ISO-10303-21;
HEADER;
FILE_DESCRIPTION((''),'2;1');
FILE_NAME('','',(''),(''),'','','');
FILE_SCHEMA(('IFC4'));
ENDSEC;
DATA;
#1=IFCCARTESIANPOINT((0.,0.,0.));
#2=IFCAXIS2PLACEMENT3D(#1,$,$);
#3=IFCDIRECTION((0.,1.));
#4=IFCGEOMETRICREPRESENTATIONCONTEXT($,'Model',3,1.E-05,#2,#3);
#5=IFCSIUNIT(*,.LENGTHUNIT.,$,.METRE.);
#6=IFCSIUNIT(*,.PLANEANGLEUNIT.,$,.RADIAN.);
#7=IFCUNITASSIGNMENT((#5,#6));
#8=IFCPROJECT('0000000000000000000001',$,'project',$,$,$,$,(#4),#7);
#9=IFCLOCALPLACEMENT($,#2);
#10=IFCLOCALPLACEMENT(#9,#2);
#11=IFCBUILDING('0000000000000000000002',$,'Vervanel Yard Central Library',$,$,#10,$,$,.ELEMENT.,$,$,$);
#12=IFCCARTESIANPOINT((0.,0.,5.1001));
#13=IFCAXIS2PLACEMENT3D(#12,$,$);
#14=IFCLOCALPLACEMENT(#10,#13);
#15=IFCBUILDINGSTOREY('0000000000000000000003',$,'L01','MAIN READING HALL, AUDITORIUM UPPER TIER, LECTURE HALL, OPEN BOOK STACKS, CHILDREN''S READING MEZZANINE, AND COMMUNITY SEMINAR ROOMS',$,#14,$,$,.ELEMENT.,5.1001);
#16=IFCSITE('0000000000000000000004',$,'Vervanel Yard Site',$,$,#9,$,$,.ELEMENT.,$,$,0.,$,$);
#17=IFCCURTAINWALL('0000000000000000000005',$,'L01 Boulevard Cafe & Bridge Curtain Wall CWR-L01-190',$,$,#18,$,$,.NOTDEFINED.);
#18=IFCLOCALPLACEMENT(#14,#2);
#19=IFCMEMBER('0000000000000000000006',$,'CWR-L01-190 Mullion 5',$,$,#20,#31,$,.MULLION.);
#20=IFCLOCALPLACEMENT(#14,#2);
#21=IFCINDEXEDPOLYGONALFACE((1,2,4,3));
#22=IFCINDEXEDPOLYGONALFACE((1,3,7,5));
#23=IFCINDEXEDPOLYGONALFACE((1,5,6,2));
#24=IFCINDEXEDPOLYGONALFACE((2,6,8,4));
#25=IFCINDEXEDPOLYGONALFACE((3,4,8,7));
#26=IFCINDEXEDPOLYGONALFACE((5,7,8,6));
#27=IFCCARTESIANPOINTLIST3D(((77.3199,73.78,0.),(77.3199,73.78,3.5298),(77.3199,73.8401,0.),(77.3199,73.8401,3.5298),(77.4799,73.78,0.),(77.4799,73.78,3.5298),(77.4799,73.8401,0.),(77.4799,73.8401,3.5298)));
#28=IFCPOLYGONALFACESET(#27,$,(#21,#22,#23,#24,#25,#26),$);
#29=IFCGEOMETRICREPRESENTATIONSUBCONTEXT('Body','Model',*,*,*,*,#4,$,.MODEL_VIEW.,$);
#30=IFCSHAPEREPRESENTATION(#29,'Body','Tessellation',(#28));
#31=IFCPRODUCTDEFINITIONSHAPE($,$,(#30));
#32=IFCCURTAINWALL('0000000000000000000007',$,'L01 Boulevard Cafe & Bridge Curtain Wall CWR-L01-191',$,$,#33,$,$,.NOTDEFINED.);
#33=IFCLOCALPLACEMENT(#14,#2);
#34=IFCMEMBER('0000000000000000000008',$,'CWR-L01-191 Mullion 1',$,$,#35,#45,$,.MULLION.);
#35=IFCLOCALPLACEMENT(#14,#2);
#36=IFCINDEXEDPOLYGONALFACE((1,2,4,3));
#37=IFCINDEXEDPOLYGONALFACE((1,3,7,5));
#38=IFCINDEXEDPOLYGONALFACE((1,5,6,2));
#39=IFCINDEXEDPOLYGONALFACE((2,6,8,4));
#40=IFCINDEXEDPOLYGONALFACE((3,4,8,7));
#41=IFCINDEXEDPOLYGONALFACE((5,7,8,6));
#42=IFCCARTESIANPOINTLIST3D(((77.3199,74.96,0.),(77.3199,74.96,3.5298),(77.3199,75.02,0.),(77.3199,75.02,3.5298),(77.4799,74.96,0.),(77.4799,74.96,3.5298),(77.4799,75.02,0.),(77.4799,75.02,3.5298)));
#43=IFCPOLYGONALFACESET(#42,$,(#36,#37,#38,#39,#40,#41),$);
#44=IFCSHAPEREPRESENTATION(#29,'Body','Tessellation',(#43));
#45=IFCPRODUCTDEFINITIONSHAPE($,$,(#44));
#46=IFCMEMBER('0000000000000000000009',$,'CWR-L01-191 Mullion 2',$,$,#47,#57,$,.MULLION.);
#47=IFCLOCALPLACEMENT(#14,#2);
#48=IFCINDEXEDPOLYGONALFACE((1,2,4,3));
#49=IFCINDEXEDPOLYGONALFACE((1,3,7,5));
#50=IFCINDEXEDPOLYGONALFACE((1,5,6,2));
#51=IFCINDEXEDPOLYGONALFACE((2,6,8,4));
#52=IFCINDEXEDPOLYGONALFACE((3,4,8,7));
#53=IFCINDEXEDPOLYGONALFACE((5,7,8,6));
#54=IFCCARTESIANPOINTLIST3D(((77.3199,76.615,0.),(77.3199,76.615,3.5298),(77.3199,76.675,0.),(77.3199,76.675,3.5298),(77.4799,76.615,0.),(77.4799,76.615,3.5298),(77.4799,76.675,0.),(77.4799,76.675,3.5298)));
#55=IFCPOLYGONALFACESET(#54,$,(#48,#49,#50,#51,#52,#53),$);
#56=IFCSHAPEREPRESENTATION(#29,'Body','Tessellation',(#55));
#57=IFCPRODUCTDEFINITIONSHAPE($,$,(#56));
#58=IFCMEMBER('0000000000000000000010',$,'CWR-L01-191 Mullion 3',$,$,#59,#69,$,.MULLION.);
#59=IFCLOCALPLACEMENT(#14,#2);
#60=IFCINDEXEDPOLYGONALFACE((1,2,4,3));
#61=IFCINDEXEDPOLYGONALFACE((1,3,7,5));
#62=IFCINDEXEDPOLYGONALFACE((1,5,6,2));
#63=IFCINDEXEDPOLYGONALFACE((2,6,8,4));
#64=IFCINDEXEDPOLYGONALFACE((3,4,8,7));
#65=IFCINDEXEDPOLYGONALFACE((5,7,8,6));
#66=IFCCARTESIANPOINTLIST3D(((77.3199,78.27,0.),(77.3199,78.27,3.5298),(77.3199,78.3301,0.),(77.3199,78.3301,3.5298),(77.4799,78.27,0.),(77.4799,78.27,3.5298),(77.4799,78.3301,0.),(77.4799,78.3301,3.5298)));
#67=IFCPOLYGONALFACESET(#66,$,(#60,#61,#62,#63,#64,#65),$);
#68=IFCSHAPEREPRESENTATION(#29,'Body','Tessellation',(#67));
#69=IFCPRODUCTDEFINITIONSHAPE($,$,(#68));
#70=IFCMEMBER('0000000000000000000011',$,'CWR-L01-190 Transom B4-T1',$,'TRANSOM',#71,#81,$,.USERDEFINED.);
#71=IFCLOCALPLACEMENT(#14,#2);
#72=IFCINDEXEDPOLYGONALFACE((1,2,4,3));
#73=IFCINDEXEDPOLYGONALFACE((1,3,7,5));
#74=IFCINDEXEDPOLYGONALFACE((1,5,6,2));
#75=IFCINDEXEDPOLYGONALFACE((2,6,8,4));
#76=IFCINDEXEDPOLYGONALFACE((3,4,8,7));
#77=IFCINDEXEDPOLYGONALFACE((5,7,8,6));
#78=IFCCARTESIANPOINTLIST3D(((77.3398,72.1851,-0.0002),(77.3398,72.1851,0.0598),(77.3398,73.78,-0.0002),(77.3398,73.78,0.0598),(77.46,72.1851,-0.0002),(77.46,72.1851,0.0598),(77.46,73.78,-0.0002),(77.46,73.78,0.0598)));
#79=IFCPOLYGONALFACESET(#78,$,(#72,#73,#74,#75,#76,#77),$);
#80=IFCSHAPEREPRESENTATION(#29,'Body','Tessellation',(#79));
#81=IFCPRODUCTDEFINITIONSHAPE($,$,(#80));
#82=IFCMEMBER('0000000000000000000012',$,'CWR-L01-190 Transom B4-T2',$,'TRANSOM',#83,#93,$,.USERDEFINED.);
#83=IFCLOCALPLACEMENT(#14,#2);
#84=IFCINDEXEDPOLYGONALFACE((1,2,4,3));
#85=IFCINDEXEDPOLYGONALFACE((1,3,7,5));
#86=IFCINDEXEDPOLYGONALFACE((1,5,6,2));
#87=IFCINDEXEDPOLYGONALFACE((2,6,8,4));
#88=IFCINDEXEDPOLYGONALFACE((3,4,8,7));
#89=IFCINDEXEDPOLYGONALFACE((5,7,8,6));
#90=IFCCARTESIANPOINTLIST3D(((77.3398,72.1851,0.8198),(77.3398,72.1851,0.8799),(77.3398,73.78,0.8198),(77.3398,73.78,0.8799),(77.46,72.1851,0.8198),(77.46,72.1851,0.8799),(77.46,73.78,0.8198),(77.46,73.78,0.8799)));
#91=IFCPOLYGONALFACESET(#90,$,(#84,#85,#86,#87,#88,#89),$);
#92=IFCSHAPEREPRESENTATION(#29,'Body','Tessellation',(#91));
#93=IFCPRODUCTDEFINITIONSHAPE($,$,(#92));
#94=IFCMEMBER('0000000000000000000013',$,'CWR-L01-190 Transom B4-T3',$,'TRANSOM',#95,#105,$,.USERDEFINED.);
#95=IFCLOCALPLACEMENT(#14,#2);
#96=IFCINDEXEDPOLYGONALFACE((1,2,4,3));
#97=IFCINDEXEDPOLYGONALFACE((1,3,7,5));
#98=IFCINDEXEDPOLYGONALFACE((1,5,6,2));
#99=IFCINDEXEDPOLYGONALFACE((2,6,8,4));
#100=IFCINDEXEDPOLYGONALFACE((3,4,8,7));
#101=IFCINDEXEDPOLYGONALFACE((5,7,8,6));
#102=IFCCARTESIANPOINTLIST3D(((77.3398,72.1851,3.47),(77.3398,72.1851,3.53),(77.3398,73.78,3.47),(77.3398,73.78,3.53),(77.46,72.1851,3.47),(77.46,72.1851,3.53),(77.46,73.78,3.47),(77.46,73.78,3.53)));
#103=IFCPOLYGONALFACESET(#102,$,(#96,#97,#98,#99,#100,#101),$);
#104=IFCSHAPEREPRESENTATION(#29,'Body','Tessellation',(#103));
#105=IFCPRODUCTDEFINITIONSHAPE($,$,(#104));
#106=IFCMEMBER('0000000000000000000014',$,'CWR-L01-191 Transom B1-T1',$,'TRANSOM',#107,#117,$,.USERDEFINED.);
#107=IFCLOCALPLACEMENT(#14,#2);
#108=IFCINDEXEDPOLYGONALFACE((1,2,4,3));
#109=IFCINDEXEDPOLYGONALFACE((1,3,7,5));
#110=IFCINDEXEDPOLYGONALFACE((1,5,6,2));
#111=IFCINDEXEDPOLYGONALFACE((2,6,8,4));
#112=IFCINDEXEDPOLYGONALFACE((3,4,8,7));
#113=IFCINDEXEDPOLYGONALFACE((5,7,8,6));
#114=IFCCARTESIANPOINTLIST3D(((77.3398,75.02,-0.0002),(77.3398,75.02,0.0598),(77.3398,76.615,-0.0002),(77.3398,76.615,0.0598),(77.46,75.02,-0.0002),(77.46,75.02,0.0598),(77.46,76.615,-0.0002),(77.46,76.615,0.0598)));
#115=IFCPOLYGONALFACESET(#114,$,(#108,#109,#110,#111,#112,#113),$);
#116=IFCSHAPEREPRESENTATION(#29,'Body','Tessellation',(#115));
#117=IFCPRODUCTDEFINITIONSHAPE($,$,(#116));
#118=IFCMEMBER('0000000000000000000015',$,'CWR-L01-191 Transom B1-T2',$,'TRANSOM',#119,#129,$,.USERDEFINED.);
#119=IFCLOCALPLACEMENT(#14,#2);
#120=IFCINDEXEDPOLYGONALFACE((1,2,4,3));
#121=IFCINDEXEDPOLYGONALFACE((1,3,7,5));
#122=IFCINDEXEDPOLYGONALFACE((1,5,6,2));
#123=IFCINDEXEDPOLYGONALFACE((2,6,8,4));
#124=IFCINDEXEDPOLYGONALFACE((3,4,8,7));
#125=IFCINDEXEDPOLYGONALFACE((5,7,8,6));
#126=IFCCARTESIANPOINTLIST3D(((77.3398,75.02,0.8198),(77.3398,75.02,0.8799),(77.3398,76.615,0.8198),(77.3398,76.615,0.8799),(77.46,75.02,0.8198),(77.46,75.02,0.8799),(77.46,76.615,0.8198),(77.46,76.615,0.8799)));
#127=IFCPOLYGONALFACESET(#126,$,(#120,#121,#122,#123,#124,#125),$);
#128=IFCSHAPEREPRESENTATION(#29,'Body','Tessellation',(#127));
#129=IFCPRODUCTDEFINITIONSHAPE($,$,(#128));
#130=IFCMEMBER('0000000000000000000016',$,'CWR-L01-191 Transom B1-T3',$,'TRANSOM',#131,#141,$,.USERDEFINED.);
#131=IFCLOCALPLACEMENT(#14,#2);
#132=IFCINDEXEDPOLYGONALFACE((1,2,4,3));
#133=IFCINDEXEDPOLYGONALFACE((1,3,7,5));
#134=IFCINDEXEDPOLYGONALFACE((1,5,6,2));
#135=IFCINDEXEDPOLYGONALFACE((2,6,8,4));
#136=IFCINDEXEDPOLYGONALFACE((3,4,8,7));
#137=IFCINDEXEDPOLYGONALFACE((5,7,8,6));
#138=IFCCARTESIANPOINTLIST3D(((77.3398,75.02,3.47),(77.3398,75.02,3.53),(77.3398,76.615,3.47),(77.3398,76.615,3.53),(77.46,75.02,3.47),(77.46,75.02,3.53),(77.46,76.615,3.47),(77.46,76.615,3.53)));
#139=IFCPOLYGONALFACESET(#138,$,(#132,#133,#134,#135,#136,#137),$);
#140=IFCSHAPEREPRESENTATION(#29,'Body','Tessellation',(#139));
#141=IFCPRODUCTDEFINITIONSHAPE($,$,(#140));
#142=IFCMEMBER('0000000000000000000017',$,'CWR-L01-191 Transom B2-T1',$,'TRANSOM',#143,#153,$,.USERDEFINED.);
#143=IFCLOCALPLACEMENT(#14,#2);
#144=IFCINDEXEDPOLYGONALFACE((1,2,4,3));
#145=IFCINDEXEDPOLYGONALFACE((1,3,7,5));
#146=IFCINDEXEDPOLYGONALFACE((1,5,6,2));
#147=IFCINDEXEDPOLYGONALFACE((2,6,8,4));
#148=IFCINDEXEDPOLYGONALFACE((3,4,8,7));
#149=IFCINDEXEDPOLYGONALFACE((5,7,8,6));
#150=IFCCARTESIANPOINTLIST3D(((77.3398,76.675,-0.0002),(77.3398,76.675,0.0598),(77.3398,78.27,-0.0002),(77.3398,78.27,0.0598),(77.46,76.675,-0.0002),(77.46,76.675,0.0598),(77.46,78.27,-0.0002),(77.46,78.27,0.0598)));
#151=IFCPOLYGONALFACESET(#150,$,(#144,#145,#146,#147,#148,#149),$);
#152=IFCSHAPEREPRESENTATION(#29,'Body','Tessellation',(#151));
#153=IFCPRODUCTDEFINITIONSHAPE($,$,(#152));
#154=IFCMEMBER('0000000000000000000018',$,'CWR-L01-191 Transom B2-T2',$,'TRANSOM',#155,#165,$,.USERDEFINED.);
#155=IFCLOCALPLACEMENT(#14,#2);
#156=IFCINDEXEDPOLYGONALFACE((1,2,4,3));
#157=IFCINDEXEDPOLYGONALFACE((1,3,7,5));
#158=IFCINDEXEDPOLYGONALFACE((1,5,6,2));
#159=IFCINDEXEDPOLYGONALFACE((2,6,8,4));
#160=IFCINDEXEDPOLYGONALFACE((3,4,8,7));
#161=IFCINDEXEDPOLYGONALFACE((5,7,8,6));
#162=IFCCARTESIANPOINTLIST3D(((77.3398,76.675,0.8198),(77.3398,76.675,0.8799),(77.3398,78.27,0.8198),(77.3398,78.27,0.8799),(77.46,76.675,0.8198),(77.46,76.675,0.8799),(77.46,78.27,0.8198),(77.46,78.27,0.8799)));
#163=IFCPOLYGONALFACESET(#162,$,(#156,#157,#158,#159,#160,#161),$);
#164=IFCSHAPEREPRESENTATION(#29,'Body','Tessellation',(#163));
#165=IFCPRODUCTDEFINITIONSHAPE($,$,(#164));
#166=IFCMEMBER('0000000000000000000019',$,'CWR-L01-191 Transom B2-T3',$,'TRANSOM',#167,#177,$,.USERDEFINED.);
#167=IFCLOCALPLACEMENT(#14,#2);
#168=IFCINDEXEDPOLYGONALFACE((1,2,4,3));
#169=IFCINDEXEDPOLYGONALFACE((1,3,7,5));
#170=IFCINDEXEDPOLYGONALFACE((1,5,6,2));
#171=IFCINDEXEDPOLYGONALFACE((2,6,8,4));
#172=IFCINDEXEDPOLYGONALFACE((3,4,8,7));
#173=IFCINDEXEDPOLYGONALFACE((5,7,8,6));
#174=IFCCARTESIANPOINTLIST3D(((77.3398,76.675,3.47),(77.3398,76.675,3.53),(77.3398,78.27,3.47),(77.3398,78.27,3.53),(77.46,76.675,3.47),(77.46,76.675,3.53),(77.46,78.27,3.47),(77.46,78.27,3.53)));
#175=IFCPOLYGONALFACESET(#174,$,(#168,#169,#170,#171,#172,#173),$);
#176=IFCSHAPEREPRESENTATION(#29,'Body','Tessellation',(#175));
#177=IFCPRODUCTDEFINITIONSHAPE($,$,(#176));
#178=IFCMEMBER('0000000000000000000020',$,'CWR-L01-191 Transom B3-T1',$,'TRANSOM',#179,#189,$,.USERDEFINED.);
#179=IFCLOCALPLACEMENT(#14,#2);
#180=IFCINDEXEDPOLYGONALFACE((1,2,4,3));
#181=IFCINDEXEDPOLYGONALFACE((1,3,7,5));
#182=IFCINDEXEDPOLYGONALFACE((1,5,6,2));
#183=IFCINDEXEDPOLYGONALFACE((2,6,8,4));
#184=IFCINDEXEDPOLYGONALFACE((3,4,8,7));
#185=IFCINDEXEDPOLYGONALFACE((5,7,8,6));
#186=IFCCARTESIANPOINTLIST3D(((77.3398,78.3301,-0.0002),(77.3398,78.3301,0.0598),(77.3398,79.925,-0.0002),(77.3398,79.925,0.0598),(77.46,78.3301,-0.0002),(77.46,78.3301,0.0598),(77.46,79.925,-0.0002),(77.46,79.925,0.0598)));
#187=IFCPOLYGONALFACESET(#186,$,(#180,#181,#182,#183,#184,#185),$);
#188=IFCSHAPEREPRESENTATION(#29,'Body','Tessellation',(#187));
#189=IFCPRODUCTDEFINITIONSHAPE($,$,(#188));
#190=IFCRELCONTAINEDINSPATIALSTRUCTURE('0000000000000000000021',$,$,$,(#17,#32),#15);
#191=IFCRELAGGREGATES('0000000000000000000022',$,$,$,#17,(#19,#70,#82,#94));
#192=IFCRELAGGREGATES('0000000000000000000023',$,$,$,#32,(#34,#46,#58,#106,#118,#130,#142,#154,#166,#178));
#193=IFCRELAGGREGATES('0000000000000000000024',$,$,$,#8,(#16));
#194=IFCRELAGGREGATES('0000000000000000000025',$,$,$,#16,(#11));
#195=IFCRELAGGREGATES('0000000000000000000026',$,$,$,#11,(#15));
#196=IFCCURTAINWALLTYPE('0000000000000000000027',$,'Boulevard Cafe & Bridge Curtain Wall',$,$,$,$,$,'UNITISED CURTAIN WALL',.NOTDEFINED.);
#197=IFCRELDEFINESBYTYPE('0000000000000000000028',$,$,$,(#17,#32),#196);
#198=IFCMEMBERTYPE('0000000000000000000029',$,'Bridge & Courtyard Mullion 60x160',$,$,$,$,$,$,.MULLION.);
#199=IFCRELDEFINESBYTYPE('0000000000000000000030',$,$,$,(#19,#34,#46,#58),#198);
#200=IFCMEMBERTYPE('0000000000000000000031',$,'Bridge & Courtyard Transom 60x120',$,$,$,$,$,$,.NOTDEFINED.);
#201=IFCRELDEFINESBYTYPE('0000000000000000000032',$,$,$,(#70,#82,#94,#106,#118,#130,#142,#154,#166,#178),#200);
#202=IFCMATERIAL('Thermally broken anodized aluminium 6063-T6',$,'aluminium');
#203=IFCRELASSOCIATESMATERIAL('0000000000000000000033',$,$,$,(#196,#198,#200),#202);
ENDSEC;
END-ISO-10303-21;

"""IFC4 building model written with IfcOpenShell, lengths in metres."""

from ifc_helpers import new_model, si_unit, direction, frame, origin, origin_2d, place, context, subcontext, project, spatial, rectangle, extrude, material, material_profile, profile_set, type_object, element, aggregate, save


model = new_model("IFC4")

# Units and contexts
model_context = context("Model", 3, precision=1e-05, world=origin(), true_north=direction((0.0, 1.0)))
body_context = subcontext(model_context, "Body", "Model", "MODEL_VIEW")
ifc_project = project(units=[si_unit("LENGTHUNIT", "METRE"), si_unit("PLANEANGLEUNIT", "RADIAN")], contexts=[model_context])

# Site, building, storey
site_placement = place(None, origin())
site = spatial("IfcSite", under=ifc_project, at=site_placement, Name="Vervanel Yard Site", CompositionType="ELEMENT", RefElevation=0.0)
building_placement = place(site_placement, origin())
building = spatial("IfcBuilding", under=site, at=building_placement, Name="Vervanel Yard Central Library", CompositionType="ELEMENT")
storey_placement = place(building_placement, frame((0.0, 0.0, 5.1001)))
storey = spatial("IfcBuildingStorey", under=building, at=storey_placement, Name="L01", Description="MAIN READING HALL, AUDITORIUM UPPER TIER, LECTURE HALL, OPEN BOOK STACKS, CHILDREN'S READING MEZZANINE, AND COMMUNITY SEMINAR ROOMS", CompositionType="ELEMENT", Elevation=5.1001)

# Curtain wall, member
ifc_material_1 = material(Name="Thermally broken anodized aluminium 6063-T6", Category="aluminium")
curtain_wall_type = type_object("IfcCurtainWallType", Name="Boulevard Cafe & Bridge Curtain Wall", ElementType="UNITISED CURTAIN WALL", PredefinedType="NOTDEFINED", material=ifc_material_1)
curtain_wall_1_placement = place(storey_placement, origin())
curtain_wall_1 = element("IfcCurtainWall", 1, at=curtain_wall_1_placement, inside=storey, type_object=curtain_wall_type, Name="L01 Boulevard Cafe & Bridge Curtain Wall CWR-L01-190", PredefinedType="NOTDEFINED")
ifc_material_profile_1 = material_profile(ifc_material_1, rectangle(XDim=0.0601, YDim=0.1599, at=origin_2d()), Name="ALU 60x160", Category="aluminium")
ifc_profile_set_1 = profile_set([ifc_material_profile_1], Name="Thermally broken anodized aluminium 6063-T6")
member_type_1 = type_object("IfcMemberType", Name="Bridge & Courtyard Mullion 60x160", PredefinedType="MULLION", material=ifc_profile_set_1)
member_1_placement = place(storey_placement, frame((77.3999, 73.8101, 0.0), z_axis=(0.0, 0.0, 1.0), x_axis=(0.0, 1.0, 0.0)))
member_1 = element("IfcMember", 2, at=member_1_placement, type_object=member_type_1, Name="CWR-L01-190 Mullion 5", PredefinedType="MULLION", context=body_context, shape_type="SweptSolid", body=[
    extrude(rectangle(XDim=0.0601, YDim=0.1599, at=origin_2d()), origin(), (0.0, 0.0, 1.0), 3.5298),
])

# Curtain wall, members
curtain_wall_2_placement = place(storey_placement, origin())
curtain_wall_2 = element("IfcCurtainWall", 3, at=curtain_wall_2_placement, inside=storey, type_object=curtain_wall_type, Name="L01 Boulevard Cafe & Bridge Curtain Wall CWR-L01-191", PredefinedType="NOTDEFINED")
member_2_placement = place(storey_placement, frame((77.3999, 74.99, 0.0), z_axis=(0.0, 0.0, 1.0), x_axis=(0.0, 1.0, 0.0)))
member_2 = element("IfcMember", 4, at=member_2_placement, type_object=member_type_1, Name="CWR-L01-191 Mullion 1", PredefinedType="MULLION", context=body_context, shape_type="SweptSolid", body=[
    extrude(rectangle(XDim=0.0601, YDim=0.1599, at=origin_2d()), origin(), (0.0, 0.0, 1.0), 3.5298),
])
member_3_placement = place(storey_placement, frame((77.3999, 76.645, 0.0), z_axis=(0.0, 0.0, 1.0), x_axis=(0.0, 1.0, 0.0)))
member_3 = element("IfcMember", 5, at=member_3_placement, type_object=member_type_1, Name="CWR-L01-191 Mullion 2", PredefinedType="MULLION", context=body_context, shape_type="SweptSolid", body=[
    extrude(rectangle(XDim=0.0601, YDim=0.1599, at=origin_2d()), origin(), (0.0, 0.0, 1.0), 3.5298),
])
member_4_placement = place(storey_placement, frame((77.3999, 78.3, 0.0), z_axis=(0.0, 0.0, 1.0), x_axis=(0.0, 1.0, 0.0)))
member_4 = element("IfcMember", 6, at=member_4_placement, type_object=member_type_1, Name="CWR-L01-191 Mullion 3", PredefinedType="MULLION", context=body_context, shape_type="SweptSolid", body=[
    extrude(rectangle(XDim=0.0601, YDim=0.1599, at=origin_2d()), origin(), (0.0, 0.0, 1.0), 3.5298),
])

# Members
ifc_material_profile_2 = material_profile(ifc_material_1, rectangle(XDim=0.0601, YDim=0.1201, at=origin_2d()), Name="ALU 60x120", Category="aluminium")
ifc_profile_set_2 = profile_set([ifc_material_profile_2], Name="Thermally broken anodized aluminium 6063-T6")
member_type_2 = type_object("IfcMemberType", Name="Bridge & Courtyard Transom 60x120", PredefinedType="NOTDEFINED", material=ifc_profile_set_2)
member_5_placement = place(storey_placement, frame((77.3999, 72.1851, 0.0298), z_axis=(0.0, 1.0, 0.0), x_axis=(0.0, 0.0, 1.0)))
member_5 = element("IfcMember", 7, at=member_5_placement, type_object=member_type_2, Name="CWR-L01-190 Transom B4-T1", ObjectType="TRANSOM", PredefinedType="USERDEFINED", context=body_context, shape_type="SweptSolid", body=[
    extrude(rectangle(XDim=0.0601, YDim=0.1201, at=origin_2d()), origin(), (0.0, 0.0, 1.0), 1.595),
])
member_6_placement = place(storey_placement, frame((77.3999, 72.1851, 0.8499), z_axis=(0.0, 1.0, 0.0), x_axis=(0.0, 0.0, 1.0)))
member_6 = element("IfcMember", 8, at=member_6_placement, type_object=member_type_2, Name="CWR-L01-190 Transom B4-T2", ObjectType="TRANSOM", PredefinedType="USERDEFINED", context=body_context, shape_type="SweptSolid", body=[
    extrude(rectangle(XDim=0.0601, YDim=0.1201, at=origin_2d()), origin(), (0.0, 0.0, 1.0), 1.595),
])
member_7_placement = place(storey_placement, frame((77.3999, 72.1851, 3.5), z_axis=(0.0, 1.0, 0.0), x_axis=(0.0, 0.0, 1.0)))
member_7 = element("IfcMember", 9, at=member_7_placement, type_object=member_type_2, Name="CWR-L01-190 Transom B4-T3", ObjectType="TRANSOM", PredefinedType="USERDEFINED", context=body_context, shape_type="SweptSolid", body=[
    extrude(rectangle(XDim=0.0601, YDim=0.1201, at=origin_2d()), origin(), (0.0, 0.0, 1.0), 1.595),
])
member_8_placement = place(storey_placement, frame((77.3999, 75.02, 0.0298), z_axis=(0.0, 1.0, 0.0), x_axis=(0.0, 0.0, 1.0)))
member_8 = element("IfcMember", 10, at=member_8_placement, type_object=member_type_2, Name="CWR-L01-191 Transom B1-T1", ObjectType="TRANSOM", PredefinedType="USERDEFINED", context=body_context, shape_type="SweptSolid", body=[
    extrude(rectangle(XDim=0.0601, YDim=0.1201, at=origin_2d()), origin(), (0.0, 0.0, 1.0), 1.595),
])
member_9_placement = place(storey_placement, frame((77.3999, 75.02, 0.8499), z_axis=(0.0, 1.0, 0.0), x_axis=(0.0, 0.0, 1.0)))
member_9 = element("IfcMember", 11, at=member_9_placement, type_object=member_type_2, Name="CWR-L01-191 Transom B1-T2", ObjectType="TRANSOM", PredefinedType="USERDEFINED", context=body_context, shape_type="SweptSolid", body=[
    extrude(rectangle(XDim=0.0601, YDim=0.1201, at=origin_2d()), origin(), (0.0, 0.0, 1.0), 1.595),
])
member_10_placement = place(storey_placement, frame((77.3999, 75.02, 3.5), z_axis=(0.0, 1.0, 0.0), x_axis=(0.0, 0.0, 1.0)))
member_10 = element("IfcMember", 12, at=member_10_placement, type_object=member_type_2, Name="CWR-L01-191 Transom B1-T3", ObjectType="TRANSOM", PredefinedType="USERDEFINED", context=body_context, shape_type="SweptSolid", body=[
    extrude(rectangle(XDim=0.0601, YDim=0.1201, at=origin_2d()), origin(), (0.0, 0.0, 1.0), 1.595),
])
member_11_placement = place(storey_placement, frame((77.3999, 76.675, 0.0298), z_axis=(0.0, 1.0, 0.0), x_axis=(0.0, 0.0, 1.0)))
member_11 = element("IfcMember", 13, at=member_11_placement, type_object=member_type_2, Name="CWR-L01-191 Transom B2-T1", ObjectType="TRANSOM", PredefinedType="USERDEFINED", context=body_context, shape_type="SweptSolid", body=[
    extrude(rectangle(XDim=0.0601, YDim=0.1201, at=origin_2d()), origin(), (0.0, 0.0, 1.0), 1.595),
])
member_12_placement = place(storey_placement, frame((77.3999, 76.675, 0.8499), z_axis=(0.0, 1.0, 0.0), x_axis=(0.0, 0.0, 1.0)))
member_12 = element("IfcMember", 14, at=member_12_placement, type_object=member_type_2, Name="CWR-L01-191 Transom B2-T2", ObjectType="TRANSOM", PredefinedType="USERDEFINED", context=body_context, shape_type="SweptSolid", body=[
    extrude(rectangle(XDim=0.0601, YDim=0.1201, at=origin_2d()), origin(), (0.0, 0.0, 1.0), 1.595),
])
member_13_placement = place(storey_placement, frame((77.3999, 76.675, 3.5), z_axis=(0.0, 1.0, 0.0), x_axis=(0.0, 0.0, 1.0)))
member_13 = element("IfcMember", 15, at=member_13_placement, type_object=member_type_2, Name="CWR-L01-191 Transom B2-T3", ObjectType="TRANSOM", PredefinedType="USERDEFINED", context=body_context, shape_type="SweptSolid", body=[
    extrude(rectangle(XDim=0.0601, YDim=0.1201, at=origin_2d()), origin(), (0.0, 0.0, 1.0), 1.595),
])
member_14_placement = place(storey_placement, frame((77.3999, 78.3301, 0.0298), z_axis=(0.0, 1.0, 0.0), x_axis=(0.0, 0.0, 1.0)))
member_14 = element("IfcMember", 16, at=member_14_placement, type_object=member_type_2, Name="CWR-L01-191 Transom B3-T1", ObjectType="TRANSOM", PredefinedType="USERDEFINED", context=body_context, shape_type="SweptSolid", body=[
    extrude(rectangle(XDim=0.0601, YDim=0.1201, at=origin_2d()), origin(), (0.0, 0.0, 1.0), 1.595),
])

aggregate(curtain_wall_1, [member_1, member_5, member_6, member_7])
aggregate(curtain_wall_2, [member_2, member_3, member_4, member_8, member_9, member_10, member_11, member_12, member_13, member_14])

save(model, "model.ifc")
